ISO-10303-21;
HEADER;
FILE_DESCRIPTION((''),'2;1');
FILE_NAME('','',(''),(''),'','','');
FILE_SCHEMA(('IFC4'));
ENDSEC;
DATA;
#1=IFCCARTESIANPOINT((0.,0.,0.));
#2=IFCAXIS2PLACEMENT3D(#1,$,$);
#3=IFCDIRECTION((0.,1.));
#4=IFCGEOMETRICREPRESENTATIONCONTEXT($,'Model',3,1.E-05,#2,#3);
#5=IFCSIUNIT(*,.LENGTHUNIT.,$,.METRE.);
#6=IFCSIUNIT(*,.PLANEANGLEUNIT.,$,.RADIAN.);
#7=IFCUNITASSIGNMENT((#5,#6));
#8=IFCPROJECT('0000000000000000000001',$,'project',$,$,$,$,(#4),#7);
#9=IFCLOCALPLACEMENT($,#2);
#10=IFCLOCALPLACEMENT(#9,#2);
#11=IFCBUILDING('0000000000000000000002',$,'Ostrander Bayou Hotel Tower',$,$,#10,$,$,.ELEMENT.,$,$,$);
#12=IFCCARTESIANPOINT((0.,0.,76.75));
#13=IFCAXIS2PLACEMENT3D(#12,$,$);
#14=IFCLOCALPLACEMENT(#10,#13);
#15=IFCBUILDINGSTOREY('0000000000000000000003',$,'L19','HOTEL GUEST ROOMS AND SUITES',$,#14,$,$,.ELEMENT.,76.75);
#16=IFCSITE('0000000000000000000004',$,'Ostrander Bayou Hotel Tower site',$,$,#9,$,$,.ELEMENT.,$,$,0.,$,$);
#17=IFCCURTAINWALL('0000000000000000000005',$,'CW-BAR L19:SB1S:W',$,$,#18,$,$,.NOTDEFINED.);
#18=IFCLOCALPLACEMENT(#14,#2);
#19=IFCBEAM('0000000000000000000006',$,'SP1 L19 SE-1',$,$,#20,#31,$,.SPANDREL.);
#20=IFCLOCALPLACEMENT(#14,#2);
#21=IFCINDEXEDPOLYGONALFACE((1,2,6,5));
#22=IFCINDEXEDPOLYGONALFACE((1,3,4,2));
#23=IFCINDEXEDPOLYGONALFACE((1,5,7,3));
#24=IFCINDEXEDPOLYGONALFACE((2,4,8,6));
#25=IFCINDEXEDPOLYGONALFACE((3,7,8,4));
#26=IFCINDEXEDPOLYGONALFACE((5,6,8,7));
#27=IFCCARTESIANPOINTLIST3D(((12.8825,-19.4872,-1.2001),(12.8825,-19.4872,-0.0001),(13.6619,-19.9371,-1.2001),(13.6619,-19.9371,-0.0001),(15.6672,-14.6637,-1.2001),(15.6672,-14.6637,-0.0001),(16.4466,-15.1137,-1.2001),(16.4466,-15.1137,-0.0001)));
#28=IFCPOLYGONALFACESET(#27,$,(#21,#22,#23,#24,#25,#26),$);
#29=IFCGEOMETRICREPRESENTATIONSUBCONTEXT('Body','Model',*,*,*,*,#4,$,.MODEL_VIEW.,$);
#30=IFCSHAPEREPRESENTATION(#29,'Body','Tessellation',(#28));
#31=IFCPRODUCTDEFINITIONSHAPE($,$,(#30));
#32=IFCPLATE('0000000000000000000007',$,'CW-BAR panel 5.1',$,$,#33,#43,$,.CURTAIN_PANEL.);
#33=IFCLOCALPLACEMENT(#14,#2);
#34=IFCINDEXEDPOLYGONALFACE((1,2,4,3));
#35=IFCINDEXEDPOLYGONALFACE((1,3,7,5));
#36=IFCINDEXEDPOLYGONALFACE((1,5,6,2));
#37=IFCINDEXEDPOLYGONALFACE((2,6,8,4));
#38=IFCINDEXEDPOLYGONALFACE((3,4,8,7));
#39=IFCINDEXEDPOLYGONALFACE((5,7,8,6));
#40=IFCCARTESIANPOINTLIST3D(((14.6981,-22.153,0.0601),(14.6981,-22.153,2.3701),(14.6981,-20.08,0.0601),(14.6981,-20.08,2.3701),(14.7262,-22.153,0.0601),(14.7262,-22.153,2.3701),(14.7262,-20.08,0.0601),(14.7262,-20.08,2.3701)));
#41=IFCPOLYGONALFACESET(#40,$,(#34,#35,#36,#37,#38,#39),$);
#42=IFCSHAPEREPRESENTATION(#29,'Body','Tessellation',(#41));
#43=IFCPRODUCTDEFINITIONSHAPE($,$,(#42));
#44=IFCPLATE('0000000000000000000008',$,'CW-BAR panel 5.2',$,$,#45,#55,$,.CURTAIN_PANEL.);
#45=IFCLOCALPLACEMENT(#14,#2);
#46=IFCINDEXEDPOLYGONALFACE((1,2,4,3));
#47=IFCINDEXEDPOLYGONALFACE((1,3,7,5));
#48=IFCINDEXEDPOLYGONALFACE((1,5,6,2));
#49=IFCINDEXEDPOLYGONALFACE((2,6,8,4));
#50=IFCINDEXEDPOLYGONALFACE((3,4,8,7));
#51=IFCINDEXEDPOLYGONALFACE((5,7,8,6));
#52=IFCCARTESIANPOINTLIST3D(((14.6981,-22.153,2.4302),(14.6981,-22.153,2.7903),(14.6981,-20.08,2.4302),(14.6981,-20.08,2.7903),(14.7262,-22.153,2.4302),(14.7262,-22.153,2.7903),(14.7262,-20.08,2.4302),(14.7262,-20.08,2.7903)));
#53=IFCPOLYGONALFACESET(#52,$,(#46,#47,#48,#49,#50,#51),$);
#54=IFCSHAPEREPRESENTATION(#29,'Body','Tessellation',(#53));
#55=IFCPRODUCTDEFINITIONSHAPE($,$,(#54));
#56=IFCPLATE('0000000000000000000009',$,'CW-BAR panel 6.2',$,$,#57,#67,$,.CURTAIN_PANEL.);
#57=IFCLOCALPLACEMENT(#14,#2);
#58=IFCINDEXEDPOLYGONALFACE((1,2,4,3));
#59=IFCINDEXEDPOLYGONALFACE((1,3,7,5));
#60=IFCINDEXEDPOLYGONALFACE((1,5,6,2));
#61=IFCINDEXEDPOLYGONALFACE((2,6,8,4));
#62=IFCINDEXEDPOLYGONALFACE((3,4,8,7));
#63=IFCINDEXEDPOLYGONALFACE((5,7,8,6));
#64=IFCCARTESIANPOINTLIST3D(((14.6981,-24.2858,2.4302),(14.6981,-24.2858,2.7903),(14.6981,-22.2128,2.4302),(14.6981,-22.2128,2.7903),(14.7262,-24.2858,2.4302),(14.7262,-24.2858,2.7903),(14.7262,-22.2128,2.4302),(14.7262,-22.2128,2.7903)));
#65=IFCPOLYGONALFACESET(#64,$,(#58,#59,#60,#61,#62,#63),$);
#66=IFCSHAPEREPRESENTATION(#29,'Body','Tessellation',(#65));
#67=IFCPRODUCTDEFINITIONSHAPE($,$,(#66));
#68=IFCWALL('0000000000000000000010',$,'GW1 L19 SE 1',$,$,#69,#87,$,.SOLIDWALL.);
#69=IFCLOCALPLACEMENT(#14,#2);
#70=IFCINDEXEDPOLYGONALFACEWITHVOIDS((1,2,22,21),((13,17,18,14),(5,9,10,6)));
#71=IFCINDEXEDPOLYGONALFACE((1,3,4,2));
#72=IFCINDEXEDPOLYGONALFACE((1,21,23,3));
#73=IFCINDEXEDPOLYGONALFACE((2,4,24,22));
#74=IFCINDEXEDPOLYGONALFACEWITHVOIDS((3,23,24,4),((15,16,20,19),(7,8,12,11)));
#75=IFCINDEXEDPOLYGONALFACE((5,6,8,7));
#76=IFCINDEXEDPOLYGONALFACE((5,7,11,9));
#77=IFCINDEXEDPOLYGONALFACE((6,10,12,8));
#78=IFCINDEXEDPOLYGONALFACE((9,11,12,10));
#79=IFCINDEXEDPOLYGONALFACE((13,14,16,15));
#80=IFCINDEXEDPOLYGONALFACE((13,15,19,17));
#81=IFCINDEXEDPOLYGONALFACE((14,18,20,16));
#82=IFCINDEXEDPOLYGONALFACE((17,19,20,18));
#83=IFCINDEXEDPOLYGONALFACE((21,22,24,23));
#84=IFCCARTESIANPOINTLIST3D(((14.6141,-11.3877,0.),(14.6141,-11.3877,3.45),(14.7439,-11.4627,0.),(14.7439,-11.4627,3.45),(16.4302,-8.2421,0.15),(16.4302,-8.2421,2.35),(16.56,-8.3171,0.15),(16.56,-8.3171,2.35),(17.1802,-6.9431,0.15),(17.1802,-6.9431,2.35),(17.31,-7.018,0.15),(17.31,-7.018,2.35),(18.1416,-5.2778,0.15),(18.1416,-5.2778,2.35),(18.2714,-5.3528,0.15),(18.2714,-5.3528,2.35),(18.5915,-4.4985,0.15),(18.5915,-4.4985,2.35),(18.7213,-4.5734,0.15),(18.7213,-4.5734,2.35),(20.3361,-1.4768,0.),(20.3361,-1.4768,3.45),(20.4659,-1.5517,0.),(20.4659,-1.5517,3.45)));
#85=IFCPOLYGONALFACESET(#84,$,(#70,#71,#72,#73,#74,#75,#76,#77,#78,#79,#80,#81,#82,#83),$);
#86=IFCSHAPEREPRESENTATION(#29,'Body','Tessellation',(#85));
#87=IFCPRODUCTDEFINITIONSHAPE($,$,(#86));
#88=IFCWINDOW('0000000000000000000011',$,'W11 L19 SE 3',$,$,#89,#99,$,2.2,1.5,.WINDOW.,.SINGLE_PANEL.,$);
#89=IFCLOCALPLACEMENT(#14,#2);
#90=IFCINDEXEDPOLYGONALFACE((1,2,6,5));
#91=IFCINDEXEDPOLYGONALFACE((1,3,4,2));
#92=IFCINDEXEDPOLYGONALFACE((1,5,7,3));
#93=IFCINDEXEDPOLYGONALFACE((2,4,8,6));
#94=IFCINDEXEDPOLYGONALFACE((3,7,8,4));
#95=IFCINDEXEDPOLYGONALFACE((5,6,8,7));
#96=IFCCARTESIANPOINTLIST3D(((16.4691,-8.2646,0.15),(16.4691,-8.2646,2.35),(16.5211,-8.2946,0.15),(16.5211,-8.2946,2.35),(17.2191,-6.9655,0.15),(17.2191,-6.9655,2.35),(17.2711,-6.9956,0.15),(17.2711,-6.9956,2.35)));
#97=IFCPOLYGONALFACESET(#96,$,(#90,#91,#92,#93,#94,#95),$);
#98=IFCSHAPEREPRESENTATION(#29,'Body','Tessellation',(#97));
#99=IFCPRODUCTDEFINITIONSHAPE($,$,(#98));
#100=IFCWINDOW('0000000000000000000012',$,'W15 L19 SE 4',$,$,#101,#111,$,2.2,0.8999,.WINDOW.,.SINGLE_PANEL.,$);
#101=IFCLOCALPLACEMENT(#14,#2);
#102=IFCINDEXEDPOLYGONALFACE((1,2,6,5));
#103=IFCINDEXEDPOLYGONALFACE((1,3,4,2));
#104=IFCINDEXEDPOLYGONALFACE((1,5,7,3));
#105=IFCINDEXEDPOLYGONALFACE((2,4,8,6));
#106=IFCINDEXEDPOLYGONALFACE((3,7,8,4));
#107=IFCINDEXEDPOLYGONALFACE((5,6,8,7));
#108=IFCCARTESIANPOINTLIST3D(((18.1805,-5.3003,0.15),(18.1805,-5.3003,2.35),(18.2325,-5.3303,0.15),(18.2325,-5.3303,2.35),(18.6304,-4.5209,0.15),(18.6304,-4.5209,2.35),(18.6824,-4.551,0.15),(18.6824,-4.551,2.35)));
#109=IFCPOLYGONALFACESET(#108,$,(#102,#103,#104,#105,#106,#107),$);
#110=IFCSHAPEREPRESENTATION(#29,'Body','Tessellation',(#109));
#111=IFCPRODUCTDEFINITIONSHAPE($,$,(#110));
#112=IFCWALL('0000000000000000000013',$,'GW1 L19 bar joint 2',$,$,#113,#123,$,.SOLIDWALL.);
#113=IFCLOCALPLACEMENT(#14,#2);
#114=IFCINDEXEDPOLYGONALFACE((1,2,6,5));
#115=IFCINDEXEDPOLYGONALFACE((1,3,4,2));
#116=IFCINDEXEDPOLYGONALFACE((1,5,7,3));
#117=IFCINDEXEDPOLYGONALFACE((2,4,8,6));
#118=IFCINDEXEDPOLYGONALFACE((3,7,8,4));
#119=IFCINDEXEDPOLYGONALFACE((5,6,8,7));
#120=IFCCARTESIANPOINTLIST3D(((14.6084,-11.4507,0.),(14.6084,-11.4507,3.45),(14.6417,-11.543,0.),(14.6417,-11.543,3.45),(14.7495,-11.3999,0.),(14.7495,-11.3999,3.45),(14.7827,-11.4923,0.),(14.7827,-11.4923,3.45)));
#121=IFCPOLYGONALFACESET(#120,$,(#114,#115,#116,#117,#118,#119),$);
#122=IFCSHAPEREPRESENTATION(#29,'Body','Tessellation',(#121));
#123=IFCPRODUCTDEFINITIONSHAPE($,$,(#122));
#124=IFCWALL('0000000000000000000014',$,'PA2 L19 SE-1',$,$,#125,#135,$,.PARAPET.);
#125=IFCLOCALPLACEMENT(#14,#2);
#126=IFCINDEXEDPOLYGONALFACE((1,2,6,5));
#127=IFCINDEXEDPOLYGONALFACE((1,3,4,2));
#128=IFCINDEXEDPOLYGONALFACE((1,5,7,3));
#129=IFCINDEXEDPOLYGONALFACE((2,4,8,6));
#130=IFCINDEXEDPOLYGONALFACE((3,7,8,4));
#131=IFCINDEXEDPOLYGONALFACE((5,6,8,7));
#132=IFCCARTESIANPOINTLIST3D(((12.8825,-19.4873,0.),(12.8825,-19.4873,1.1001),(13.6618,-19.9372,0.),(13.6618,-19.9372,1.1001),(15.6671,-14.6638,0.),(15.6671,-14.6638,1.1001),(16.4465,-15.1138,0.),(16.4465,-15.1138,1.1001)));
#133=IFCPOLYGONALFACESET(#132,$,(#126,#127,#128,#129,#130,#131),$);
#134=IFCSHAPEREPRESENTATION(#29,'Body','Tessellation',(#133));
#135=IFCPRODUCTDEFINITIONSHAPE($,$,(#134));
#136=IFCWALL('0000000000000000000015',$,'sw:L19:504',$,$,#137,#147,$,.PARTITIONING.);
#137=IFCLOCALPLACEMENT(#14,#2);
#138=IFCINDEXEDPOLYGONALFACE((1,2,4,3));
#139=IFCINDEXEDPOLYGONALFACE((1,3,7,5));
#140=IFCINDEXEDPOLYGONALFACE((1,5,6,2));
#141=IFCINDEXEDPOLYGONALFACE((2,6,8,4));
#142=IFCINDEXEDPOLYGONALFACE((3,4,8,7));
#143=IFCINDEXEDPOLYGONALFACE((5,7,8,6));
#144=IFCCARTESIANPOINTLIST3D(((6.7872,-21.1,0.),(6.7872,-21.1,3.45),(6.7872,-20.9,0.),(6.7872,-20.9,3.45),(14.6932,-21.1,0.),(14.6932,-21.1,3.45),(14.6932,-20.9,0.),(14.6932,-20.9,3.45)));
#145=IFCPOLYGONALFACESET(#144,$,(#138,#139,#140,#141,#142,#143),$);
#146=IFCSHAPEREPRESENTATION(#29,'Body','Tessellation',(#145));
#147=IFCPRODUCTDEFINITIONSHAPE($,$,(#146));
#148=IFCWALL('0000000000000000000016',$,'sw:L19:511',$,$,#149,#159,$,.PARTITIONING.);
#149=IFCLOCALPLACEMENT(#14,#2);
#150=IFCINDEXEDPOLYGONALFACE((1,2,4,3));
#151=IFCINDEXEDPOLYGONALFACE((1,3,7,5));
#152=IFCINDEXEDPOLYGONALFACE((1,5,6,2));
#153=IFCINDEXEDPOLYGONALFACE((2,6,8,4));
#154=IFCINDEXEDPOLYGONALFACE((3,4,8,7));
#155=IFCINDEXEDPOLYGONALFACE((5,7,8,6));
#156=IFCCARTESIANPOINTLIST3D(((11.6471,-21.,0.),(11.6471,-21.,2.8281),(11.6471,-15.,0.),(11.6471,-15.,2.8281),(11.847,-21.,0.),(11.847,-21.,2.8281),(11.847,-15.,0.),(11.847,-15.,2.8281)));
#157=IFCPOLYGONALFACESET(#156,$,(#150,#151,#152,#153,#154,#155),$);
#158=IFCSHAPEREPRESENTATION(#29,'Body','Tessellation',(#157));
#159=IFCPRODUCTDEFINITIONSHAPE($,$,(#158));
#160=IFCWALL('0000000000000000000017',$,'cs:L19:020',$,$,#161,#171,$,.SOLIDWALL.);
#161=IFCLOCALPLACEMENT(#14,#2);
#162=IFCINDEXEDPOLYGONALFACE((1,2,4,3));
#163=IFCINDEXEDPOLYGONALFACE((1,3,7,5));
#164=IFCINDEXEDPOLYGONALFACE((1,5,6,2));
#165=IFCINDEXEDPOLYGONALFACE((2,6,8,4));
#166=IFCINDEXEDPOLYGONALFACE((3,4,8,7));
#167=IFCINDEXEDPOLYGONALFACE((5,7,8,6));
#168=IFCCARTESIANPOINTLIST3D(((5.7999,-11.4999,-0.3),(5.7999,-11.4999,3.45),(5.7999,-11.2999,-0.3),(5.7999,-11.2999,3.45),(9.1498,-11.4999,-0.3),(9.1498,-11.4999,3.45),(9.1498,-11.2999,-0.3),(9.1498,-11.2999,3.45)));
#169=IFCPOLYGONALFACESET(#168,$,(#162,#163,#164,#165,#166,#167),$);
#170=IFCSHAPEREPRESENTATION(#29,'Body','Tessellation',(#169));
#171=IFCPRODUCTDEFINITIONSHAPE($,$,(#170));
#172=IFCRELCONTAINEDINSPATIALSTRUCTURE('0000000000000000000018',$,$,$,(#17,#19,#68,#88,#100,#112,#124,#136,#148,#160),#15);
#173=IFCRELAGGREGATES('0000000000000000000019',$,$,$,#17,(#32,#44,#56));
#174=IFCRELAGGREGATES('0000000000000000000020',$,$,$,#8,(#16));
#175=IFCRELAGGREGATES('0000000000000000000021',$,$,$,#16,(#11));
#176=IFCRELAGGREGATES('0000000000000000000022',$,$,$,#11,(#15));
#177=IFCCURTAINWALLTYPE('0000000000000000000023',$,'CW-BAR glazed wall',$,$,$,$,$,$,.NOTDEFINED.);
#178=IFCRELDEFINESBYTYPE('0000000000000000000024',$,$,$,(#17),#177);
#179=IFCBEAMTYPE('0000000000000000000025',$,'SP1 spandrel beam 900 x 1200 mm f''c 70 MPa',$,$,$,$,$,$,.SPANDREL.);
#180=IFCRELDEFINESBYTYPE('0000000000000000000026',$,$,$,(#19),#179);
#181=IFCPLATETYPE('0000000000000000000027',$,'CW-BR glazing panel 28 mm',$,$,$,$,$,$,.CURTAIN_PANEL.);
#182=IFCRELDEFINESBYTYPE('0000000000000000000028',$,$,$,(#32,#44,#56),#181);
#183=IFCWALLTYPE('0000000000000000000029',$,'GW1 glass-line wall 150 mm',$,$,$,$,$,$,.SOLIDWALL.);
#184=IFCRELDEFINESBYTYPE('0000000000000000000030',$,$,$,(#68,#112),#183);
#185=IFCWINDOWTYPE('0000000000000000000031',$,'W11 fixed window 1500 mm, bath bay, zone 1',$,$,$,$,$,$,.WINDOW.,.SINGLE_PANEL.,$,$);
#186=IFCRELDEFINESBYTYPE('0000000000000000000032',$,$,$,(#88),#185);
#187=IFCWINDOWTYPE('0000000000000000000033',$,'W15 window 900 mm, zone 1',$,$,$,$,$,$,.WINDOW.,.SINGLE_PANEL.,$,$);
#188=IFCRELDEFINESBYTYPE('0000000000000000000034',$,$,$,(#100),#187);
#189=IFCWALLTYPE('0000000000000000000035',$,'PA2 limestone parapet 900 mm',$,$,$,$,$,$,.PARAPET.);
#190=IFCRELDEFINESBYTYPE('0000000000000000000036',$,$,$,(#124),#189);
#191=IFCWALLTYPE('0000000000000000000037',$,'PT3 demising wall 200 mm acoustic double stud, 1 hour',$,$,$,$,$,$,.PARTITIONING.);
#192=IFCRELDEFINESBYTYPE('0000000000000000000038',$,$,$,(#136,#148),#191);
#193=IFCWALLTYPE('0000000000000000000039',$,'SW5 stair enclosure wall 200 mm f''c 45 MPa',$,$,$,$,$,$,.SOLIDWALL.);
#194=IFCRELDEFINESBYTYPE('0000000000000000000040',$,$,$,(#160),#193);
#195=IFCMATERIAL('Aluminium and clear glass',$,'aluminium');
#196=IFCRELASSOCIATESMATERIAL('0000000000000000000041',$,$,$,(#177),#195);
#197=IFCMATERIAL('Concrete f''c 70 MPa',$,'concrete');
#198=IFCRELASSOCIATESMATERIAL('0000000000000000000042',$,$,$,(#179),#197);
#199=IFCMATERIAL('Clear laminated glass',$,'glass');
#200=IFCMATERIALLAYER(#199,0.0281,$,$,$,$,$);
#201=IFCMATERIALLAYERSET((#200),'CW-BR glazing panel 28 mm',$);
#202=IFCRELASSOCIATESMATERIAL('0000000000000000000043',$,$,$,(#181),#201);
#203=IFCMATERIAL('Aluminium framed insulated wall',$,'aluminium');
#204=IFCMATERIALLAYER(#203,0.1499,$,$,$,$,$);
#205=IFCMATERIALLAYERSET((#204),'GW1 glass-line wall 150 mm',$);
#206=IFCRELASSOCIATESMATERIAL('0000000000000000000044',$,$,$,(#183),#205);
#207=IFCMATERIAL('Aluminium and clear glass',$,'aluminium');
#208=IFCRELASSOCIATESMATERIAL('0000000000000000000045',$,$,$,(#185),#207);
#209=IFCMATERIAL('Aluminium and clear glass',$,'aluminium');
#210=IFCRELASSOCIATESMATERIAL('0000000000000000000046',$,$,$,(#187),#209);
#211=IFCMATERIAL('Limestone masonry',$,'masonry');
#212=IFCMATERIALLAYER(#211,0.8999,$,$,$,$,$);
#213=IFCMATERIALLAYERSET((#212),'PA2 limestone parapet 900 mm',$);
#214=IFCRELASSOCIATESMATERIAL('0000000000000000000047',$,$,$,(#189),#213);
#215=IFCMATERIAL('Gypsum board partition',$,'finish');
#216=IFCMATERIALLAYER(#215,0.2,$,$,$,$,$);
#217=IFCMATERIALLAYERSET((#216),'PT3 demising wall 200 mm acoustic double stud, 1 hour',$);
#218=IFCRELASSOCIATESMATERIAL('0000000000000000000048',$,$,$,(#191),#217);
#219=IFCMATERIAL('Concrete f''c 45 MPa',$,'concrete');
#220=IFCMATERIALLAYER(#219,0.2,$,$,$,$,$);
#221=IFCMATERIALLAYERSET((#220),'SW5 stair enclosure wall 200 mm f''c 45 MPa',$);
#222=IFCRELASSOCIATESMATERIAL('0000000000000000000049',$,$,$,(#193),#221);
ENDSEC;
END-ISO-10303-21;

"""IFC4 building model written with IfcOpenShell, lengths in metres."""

from ifc_helpers import new_model, si_unit, direction, frame, frame_2d, origin, origin_2d, place, context, subcontext, project, spatial, rectangle, extrude, material, layer, layer_set, material_profile, profile_set, type_object, element, fill, aggregate, save


model = new_model("IFC4")

# Units and contexts
model_context = context("Model", 3, precision=1e-05, world=origin(), true_north=direction((0.0, 1.0)))
body_context = subcontext(model_context, "Body", "Model", "MODEL_VIEW")
ifc_project = project(units=[si_unit("LENGTHUNIT", "METRE"), si_unit("PLANEANGLEUNIT", "RADIAN")], contexts=[model_context])

# Site, building, storey
site_placement = place(None, origin())
site = spatial("IfcSite", under=ifc_project, at=site_placement, Name="Ostrander Bayou Hotel Tower site", CompositionType="ELEMENT", RefElevation=0.0)
building_placement = place(site_placement, origin())
building = spatial("IfcBuilding", under=site, at=building_placement, Name="Ostrander Bayou Hotel Tower", CompositionType="ELEMENT")
storey_placement = place(building_placement, frame((0.0, 0.0, 76.75)))
storey = spatial("IfcBuildingStorey", under=building, at=storey_placement, Name="L19", Description="HOTEL GUEST ROOMS AND SUITES", CompositionType="ELEMENT", Elevation=76.75)

# Curtain wall
ifc_material_1 = material(Name="Aluminium and clear glass", Category="aluminium")
curtain_wall_type = type_object("IfcCurtainWallType", Name="CW-BAR glazed wall", PredefinedType="NOTDEFINED", material=ifc_material_1)
curtain_wall_placement = place(storey_placement, origin())
curtain_wall = element("IfcCurtainWall", 1, at=curtain_wall_placement, inside=storey, type_object=curtain_wall_type, Name="CW-BAR L19:SB1S:W", PredefinedType="NOTDEFINED")

# Beam
ifc_material_2 = material(Name="Concrete f'c 70 MPa", Category="concrete")
ifc_material_profile_1 = material_profile(ifc_material_2, rectangle(XDim=0.8999, YDim=1.2, at=origin_2d()))
ifc_profile_set_1 = profile_set([ifc_material_profile_1], Name="Concrete f'c 70 MPa")
beam_type = type_object("IfcBeamType", Name="SP1 spandrel beam 900 x 1200 mm f'c 70 MPa", PredefinedType="SPANDREL", material=ifc_profile_set_1)
beam_placement = place(storey_placement, frame((13.2722, -19.7122, -0.6001), z_axis=(0.499977, 0.866039, 0.0), x_axis=(-0.866039, 0.499977, 0.0)))
element("IfcBeam", 2, at=beam_placement, inside=storey, type_object=beam_type, Name="SP1 L19 SE-1", PredefinedType="SPANDREL", context=body_context, shape_type="SweptSolid", body=[
    extrude(rectangle(XDim=0.8999, YDim=1.2, at=origin_2d()), origin(), (0.0, 0.0, 1.0), 5.5696),
])

# Plates
ifc_material_3 = material(Name="Clear laminated glass", Category="glass")
ifc_layer_1 = layer(ifc_material_3, 0.0281)
ifc_layer_set_1 = layer_set([ifc_layer_1], Name="CW-BR glazing panel 28 mm")
plate_type = type_object("IfcPlateType", Name="CW-BR glazing panel 28 mm", PredefinedType="CURTAIN_PANEL", material=ifc_layer_set_1)
plate_1_placement = place(storey_placement, frame((14.7122, -21.1165, 0.0601), z_axis=(0.0, 0.0, 1.0), x_axis=(0.0, -1.0, 0.0)))
plate_1 = element("IfcPlate", 3, at=plate_1_placement, type_object=plate_type, Name="CW-BAR panel 5.1", PredefinedType="CURTAIN_PANEL", context=body_context, shape_type="SweptSolid", body=[
    extrude(rectangle(XDim=2.073, YDim=0.0281, at=origin_2d()), origin(), (0.0, 0.0, 1.0), 2.3101),
])
plate_2_placement = place(storey_placement, frame((14.7122, -21.1165, 2.4302), z_axis=(0.0, 0.0, 1.0), x_axis=(0.0, -1.0, 0.0)))
plate_2 = element("IfcPlate", 4, at=plate_2_placement, type_object=plate_type, Name="CW-BAR panel 5.2", PredefinedType="CURTAIN_PANEL", context=body_context, shape_type="SweptSolid", body=[
    extrude(rectangle(XDim=2.073, YDim=0.0281, at=origin_2d()), origin(), (0.0, 0.0, 1.0), 0.3601),
])
plate_3_placement = place(storey_placement, frame((14.7122, -23.2493, 2.4302), z_axis=(0.0, 0.0, 1.0), x_axis=(0.0, -1.0, 0.0)))
plate_3 = element("IfcPlate", 5, at=plate_3_placement, type_object=plate_type, Name="CW-BAR panel 6.2", PredefinedType="CURTAIN_PANEL", context=body_context, shape_type="SweptSolid", body=[
    extrude(rectangle(XDim=2.073, YDim=0.0281, at=origin_2d()), origin(), (0.0, 0.0, 1.0), 0.3601),
])
aggregate(curtain_wall, [plate_1, plate_2, plate_3])

# Wall, openings, windows
ifc_material_4 = material(Name="Aluminium framed insulated wall", Category="aluminium")
ifc_layer_2 = layer(ifc_material_4, 0.1499)
ifc_layer_set_2 = layer_set([ifc_layer_2], Name="GW1 glass-line wall 150 mm")
wall_type_1 = type_object("IfcWallType", Name="GW1 glass-line wall 150 mm", PredefinedType="SOLIDWALL", material=ifc_layer_set_2)
wall_1_placement = place(storey_placement, frame((14.679, -11.4253, 0.0), z_axis=(0.0, 0.0, 1.0), x_axis=(0.499991, 0.86603, 0.0)))
wall_1 = element("IfcWall", 6, at=wall_1_placement, inside=storey, type_object=wall_type_1, Name="GW1 L19 SE 1", PredefinedType="SOLIDWALL", context=body_context, shape_type="SweptSolid", body=[
    extrude(rectangle(XDim=11.4441, YDim=0.1499, at=frame_2d((5.7222, 0.0))), origin(), (0.0, 0.0, 1.0), 3.45),
])
opening_1_placement = place(wall_1_placement, frame((3.6323, 0.0, 0.1499)))
opening_1 = element("IfcOpeningElement", 7, at=opening_1_placement, cuts=wall_1, PredefinedType="OPENING", context=body_context, shape_type="SweptSolid", body=[
    extrude(rectangle(XDim=1.5, YDim=2.2, at=frame_2d((0.75, 1.1001))), frame((0.0, 0.075, 0.0), z_axis=(0.0, -1.0, 0.0), x_axis=(1.0, 0.0, 0.0)), (0.0, 0.0, 1.0), 0.1499),
])
opening_2_placement = place(wall_1_placement, frame((7.0552, 0.0, 0.1499)))
opening_2 = element("IfcOpeningElement", 8, at=opening_2_placement, cuts=wall_1, PredefinedType="OPENING", context=body_context, shape_type="SweptSolid", body=[
    extrude(rectangle(XDim=0.8999, YDim=2.2, at=frame_2d((0.45, 1.1001))), frame((0.0, 0.075, 0.0), z_axis=(0.0, -1.0, 0.0), x_axis=(1.0, 0.0, 0.0)), (0.0, 0.0, 1.0), 0.1499),
])
ifc_material_5 = material(Name="Aluminium and clear glass", Category="aluminium")
window_type_1 = type_object("IfcWindowType", Name="W11 fixed window 1500 mm, bath bay, zone 1", PartitioningType="SINGLE_PANEL", PredefinedType="WINDOW", material=ifc_material_5)
window_1_placement = place(opening_1_placement, origin())
window_1 = element("IfcWindow", 9, at=window_1_placement, inside=storey, type_object=window_type_1, Name="W11 L19 SE 3", OverallHeight=2.2, OverallWidth=1.5, PartitioningType="SINGLE_PANEL", PredefinedType="WINDOW", context=body_context, shape_type="SweptSolid", body=[
    extrude(rectangle(XDim=1.5, YDim=2.2, at=frame_2d((0.75, 1.1001))), frame((0.0, 0.03, 0.0), z_axis=(0.0, -1.0, 0.0), x_axis=(1.0, 0.0, 0.0)), (0.0, 0.0, 1.0), 0.0601),
])
fill(opening_1, window_1)
ifc_material_6 = material(Name="Aluminium and clear glass", Category="aluminium")
window_type_2 = type_object("IfcWindowType", Name="W15 window 900 mm, zone 1", PartitioningType="SINGLE_PANEL", PredefinedType="WINDOW", material=ifc_material_6)
window_2_placement = place(opening_2_placement, origin())
window_2 = element("IfcWindow", 10, at=window_2_placement, inside=storey, type_object=window_type_2, Name="W15 L19 SE 4", OverallHeight=2.2, OverallWidth=0.8999, PartitioningType="SINGLE_PANEL", PredefinedType="WINDOW", context=body_context, shape_type="SweptSolid", body=[
    extrude(rectangle(XDim=0.8999, YDim=2.2, at=frame_2d((0.45, 1.1001))), frame((0.0, 0.03, 0.0), z_axis=(0.0, -1.0, 0.0), x_axis=(1.0, 0.0, 0.0)), (0.0, 0.0, 1.0), 0.0601),
])
fill(opening_2, window_2)

# Walls
wall_2_placement = place(storey_placement, frame((14.679, -11.4253, 0.0), z_axis=(0.0, 0.0, 1.0), x_axis=(0.338543, -0.940951, 0.0)))
element("IfcWall", 11, at=wall_2_placement, inside=storey, type_object=wall_type_1, Name="GW1 L19 bar joint 2", PredefinedType="SOLIDWALL", context=body_context, shape_type="SweptSolid", body=[
    extrude(rectangle(XDim=0.0981, YDim=0.1499, at=frame_2d((0.0491, 0.0))), origin(), (0.0, 0.0, 1.0), 3.45),
])
ifc_material_7 = material(Name="Limestone masonry", Category="masonry")
ifc_layer_3 = layer(ifc_material_7, 0.8999)
ifc_layer_set_3 = layer_set([ifc_layer_3], Name="PA2 limestone parapet 900 mm")
wall_type_2 = type_object("IfcWallType", Name="PA2 limestone parapet 900 mm", PredefinedType="PARAPET", material=ifc_layer_set_3)
wall_3_placement = place(storey_placement, frame((13.2722, -19.7122, 0.0), z_axis=(0.0, 0.0, 1.0), x_axis=(0.499977, 0.866039, 0.0)))
element("IfcWall", 12, at=wall_3_placement, inside=storey, type_object=wall_type_2, Name="PA2 L19 SE-1", PredefinedType="PARAPET", context=body_context, shape_type="SweptSolid", body=[
    extrude(rectangle(XDim=5.5696, YDim=0.8999, at=frame_2d((2.7847, 0.0))), origin(), (0.0, 0.0, 1.0), 1.1001),
])
ifc_material_8 = material(Name="Gypsum board partition", Category="finish")
ifc_layer_4 = layer(ifc_material_8, 0.2)
ifc_layer_set_4 = layer_set([ifc_layer_4], Name="PT3 demising wall 200 mm acoustic double stud, 1 hour")
wall_type_3 = type_object("IfcWallType", Name="PT3 demising wall 200 mm acoustic double stud, 1 hour", PredefinedType="PARTITIONING", material=ifc_layer_set_4)
wall_4_placement = place(storey_placement, frame((6.7871, -21.0, 0.0), z_axis=(0.0, 0.0, 1.0), x_axis=(1.0, 0.0, 0.0)))
element("IfcWall", 13, at=wall_4_placement, inside=storey, type_object=wall_type_3, Name="sw:L19:504", PredefinedType="PARTITIONING", context=body_context, shape_type="SweptSolid", body=[
    extrude(rectangle(XDim=7.906, YDim=0.2, at=frame_2d((3.9531, 0.0))), origin(), (0.0, 0.0, 1.0), 3.45),
])
wall_5_placement = place(storey_placement, frame((11.7471, -21.0, 0.0), z_axis=(0.0, 0.0, 1.0), x_axis=(0.0, 1.0, 0.0)))
element("IfcWall", 14, at=wall_5_placement, inside=storey, type_object=wall_type_3, Name="sw:L19:511", PredefinedType="PARTITIONING", context=body_context, shape_type="SweptSolid", body=[
    extrude(rectangle(XDim=6.0, YDim=0.2, at=frame_2d((3.0, 0.0))), origin(), (0.0, 0.0, 1.0), 2.8281),
])
ifc_material_9 = material(Name="Concrete f'c 45 MPa", Category="concrete")
ifc_layer_5 = layer(ifc_material_9, 0.2)
ifc_layer_set_5 = layer_set([ifc_layer_5], Name="SW5 stair enclosure wall 200 mm f'c 45 MPa")
wall_type_4 = type_object("IfcWallType", Name="SW5 stair enclosure wall 200 mm f'c 45 MPa", PredefinedType="SOLIDWALL", material=ifc_layer_set_5)
wall_6_placement = place(storey_placement, frame((5.8, -11.3999, -0.3), z_axis=(0.0, 0.0, 1.0), x_axis=(1.0, 0.0, 0.0)))
element("IfcWall", 15, at=wall_6_placement, inside=storey, type_object=wall_type_4, Name="cs:L19:020", PredefinedType="SOLIDWALL", context=body_context, shape_type="SweptSolid", body=[
    extrude(rectangle(XDim=3.3499, YDim=0.2, at=frame_2d((1.6748, 0.0))), origin(), (0.0, 0.0, 1.0), 3.75),
])

save(model, "model.ifc")
